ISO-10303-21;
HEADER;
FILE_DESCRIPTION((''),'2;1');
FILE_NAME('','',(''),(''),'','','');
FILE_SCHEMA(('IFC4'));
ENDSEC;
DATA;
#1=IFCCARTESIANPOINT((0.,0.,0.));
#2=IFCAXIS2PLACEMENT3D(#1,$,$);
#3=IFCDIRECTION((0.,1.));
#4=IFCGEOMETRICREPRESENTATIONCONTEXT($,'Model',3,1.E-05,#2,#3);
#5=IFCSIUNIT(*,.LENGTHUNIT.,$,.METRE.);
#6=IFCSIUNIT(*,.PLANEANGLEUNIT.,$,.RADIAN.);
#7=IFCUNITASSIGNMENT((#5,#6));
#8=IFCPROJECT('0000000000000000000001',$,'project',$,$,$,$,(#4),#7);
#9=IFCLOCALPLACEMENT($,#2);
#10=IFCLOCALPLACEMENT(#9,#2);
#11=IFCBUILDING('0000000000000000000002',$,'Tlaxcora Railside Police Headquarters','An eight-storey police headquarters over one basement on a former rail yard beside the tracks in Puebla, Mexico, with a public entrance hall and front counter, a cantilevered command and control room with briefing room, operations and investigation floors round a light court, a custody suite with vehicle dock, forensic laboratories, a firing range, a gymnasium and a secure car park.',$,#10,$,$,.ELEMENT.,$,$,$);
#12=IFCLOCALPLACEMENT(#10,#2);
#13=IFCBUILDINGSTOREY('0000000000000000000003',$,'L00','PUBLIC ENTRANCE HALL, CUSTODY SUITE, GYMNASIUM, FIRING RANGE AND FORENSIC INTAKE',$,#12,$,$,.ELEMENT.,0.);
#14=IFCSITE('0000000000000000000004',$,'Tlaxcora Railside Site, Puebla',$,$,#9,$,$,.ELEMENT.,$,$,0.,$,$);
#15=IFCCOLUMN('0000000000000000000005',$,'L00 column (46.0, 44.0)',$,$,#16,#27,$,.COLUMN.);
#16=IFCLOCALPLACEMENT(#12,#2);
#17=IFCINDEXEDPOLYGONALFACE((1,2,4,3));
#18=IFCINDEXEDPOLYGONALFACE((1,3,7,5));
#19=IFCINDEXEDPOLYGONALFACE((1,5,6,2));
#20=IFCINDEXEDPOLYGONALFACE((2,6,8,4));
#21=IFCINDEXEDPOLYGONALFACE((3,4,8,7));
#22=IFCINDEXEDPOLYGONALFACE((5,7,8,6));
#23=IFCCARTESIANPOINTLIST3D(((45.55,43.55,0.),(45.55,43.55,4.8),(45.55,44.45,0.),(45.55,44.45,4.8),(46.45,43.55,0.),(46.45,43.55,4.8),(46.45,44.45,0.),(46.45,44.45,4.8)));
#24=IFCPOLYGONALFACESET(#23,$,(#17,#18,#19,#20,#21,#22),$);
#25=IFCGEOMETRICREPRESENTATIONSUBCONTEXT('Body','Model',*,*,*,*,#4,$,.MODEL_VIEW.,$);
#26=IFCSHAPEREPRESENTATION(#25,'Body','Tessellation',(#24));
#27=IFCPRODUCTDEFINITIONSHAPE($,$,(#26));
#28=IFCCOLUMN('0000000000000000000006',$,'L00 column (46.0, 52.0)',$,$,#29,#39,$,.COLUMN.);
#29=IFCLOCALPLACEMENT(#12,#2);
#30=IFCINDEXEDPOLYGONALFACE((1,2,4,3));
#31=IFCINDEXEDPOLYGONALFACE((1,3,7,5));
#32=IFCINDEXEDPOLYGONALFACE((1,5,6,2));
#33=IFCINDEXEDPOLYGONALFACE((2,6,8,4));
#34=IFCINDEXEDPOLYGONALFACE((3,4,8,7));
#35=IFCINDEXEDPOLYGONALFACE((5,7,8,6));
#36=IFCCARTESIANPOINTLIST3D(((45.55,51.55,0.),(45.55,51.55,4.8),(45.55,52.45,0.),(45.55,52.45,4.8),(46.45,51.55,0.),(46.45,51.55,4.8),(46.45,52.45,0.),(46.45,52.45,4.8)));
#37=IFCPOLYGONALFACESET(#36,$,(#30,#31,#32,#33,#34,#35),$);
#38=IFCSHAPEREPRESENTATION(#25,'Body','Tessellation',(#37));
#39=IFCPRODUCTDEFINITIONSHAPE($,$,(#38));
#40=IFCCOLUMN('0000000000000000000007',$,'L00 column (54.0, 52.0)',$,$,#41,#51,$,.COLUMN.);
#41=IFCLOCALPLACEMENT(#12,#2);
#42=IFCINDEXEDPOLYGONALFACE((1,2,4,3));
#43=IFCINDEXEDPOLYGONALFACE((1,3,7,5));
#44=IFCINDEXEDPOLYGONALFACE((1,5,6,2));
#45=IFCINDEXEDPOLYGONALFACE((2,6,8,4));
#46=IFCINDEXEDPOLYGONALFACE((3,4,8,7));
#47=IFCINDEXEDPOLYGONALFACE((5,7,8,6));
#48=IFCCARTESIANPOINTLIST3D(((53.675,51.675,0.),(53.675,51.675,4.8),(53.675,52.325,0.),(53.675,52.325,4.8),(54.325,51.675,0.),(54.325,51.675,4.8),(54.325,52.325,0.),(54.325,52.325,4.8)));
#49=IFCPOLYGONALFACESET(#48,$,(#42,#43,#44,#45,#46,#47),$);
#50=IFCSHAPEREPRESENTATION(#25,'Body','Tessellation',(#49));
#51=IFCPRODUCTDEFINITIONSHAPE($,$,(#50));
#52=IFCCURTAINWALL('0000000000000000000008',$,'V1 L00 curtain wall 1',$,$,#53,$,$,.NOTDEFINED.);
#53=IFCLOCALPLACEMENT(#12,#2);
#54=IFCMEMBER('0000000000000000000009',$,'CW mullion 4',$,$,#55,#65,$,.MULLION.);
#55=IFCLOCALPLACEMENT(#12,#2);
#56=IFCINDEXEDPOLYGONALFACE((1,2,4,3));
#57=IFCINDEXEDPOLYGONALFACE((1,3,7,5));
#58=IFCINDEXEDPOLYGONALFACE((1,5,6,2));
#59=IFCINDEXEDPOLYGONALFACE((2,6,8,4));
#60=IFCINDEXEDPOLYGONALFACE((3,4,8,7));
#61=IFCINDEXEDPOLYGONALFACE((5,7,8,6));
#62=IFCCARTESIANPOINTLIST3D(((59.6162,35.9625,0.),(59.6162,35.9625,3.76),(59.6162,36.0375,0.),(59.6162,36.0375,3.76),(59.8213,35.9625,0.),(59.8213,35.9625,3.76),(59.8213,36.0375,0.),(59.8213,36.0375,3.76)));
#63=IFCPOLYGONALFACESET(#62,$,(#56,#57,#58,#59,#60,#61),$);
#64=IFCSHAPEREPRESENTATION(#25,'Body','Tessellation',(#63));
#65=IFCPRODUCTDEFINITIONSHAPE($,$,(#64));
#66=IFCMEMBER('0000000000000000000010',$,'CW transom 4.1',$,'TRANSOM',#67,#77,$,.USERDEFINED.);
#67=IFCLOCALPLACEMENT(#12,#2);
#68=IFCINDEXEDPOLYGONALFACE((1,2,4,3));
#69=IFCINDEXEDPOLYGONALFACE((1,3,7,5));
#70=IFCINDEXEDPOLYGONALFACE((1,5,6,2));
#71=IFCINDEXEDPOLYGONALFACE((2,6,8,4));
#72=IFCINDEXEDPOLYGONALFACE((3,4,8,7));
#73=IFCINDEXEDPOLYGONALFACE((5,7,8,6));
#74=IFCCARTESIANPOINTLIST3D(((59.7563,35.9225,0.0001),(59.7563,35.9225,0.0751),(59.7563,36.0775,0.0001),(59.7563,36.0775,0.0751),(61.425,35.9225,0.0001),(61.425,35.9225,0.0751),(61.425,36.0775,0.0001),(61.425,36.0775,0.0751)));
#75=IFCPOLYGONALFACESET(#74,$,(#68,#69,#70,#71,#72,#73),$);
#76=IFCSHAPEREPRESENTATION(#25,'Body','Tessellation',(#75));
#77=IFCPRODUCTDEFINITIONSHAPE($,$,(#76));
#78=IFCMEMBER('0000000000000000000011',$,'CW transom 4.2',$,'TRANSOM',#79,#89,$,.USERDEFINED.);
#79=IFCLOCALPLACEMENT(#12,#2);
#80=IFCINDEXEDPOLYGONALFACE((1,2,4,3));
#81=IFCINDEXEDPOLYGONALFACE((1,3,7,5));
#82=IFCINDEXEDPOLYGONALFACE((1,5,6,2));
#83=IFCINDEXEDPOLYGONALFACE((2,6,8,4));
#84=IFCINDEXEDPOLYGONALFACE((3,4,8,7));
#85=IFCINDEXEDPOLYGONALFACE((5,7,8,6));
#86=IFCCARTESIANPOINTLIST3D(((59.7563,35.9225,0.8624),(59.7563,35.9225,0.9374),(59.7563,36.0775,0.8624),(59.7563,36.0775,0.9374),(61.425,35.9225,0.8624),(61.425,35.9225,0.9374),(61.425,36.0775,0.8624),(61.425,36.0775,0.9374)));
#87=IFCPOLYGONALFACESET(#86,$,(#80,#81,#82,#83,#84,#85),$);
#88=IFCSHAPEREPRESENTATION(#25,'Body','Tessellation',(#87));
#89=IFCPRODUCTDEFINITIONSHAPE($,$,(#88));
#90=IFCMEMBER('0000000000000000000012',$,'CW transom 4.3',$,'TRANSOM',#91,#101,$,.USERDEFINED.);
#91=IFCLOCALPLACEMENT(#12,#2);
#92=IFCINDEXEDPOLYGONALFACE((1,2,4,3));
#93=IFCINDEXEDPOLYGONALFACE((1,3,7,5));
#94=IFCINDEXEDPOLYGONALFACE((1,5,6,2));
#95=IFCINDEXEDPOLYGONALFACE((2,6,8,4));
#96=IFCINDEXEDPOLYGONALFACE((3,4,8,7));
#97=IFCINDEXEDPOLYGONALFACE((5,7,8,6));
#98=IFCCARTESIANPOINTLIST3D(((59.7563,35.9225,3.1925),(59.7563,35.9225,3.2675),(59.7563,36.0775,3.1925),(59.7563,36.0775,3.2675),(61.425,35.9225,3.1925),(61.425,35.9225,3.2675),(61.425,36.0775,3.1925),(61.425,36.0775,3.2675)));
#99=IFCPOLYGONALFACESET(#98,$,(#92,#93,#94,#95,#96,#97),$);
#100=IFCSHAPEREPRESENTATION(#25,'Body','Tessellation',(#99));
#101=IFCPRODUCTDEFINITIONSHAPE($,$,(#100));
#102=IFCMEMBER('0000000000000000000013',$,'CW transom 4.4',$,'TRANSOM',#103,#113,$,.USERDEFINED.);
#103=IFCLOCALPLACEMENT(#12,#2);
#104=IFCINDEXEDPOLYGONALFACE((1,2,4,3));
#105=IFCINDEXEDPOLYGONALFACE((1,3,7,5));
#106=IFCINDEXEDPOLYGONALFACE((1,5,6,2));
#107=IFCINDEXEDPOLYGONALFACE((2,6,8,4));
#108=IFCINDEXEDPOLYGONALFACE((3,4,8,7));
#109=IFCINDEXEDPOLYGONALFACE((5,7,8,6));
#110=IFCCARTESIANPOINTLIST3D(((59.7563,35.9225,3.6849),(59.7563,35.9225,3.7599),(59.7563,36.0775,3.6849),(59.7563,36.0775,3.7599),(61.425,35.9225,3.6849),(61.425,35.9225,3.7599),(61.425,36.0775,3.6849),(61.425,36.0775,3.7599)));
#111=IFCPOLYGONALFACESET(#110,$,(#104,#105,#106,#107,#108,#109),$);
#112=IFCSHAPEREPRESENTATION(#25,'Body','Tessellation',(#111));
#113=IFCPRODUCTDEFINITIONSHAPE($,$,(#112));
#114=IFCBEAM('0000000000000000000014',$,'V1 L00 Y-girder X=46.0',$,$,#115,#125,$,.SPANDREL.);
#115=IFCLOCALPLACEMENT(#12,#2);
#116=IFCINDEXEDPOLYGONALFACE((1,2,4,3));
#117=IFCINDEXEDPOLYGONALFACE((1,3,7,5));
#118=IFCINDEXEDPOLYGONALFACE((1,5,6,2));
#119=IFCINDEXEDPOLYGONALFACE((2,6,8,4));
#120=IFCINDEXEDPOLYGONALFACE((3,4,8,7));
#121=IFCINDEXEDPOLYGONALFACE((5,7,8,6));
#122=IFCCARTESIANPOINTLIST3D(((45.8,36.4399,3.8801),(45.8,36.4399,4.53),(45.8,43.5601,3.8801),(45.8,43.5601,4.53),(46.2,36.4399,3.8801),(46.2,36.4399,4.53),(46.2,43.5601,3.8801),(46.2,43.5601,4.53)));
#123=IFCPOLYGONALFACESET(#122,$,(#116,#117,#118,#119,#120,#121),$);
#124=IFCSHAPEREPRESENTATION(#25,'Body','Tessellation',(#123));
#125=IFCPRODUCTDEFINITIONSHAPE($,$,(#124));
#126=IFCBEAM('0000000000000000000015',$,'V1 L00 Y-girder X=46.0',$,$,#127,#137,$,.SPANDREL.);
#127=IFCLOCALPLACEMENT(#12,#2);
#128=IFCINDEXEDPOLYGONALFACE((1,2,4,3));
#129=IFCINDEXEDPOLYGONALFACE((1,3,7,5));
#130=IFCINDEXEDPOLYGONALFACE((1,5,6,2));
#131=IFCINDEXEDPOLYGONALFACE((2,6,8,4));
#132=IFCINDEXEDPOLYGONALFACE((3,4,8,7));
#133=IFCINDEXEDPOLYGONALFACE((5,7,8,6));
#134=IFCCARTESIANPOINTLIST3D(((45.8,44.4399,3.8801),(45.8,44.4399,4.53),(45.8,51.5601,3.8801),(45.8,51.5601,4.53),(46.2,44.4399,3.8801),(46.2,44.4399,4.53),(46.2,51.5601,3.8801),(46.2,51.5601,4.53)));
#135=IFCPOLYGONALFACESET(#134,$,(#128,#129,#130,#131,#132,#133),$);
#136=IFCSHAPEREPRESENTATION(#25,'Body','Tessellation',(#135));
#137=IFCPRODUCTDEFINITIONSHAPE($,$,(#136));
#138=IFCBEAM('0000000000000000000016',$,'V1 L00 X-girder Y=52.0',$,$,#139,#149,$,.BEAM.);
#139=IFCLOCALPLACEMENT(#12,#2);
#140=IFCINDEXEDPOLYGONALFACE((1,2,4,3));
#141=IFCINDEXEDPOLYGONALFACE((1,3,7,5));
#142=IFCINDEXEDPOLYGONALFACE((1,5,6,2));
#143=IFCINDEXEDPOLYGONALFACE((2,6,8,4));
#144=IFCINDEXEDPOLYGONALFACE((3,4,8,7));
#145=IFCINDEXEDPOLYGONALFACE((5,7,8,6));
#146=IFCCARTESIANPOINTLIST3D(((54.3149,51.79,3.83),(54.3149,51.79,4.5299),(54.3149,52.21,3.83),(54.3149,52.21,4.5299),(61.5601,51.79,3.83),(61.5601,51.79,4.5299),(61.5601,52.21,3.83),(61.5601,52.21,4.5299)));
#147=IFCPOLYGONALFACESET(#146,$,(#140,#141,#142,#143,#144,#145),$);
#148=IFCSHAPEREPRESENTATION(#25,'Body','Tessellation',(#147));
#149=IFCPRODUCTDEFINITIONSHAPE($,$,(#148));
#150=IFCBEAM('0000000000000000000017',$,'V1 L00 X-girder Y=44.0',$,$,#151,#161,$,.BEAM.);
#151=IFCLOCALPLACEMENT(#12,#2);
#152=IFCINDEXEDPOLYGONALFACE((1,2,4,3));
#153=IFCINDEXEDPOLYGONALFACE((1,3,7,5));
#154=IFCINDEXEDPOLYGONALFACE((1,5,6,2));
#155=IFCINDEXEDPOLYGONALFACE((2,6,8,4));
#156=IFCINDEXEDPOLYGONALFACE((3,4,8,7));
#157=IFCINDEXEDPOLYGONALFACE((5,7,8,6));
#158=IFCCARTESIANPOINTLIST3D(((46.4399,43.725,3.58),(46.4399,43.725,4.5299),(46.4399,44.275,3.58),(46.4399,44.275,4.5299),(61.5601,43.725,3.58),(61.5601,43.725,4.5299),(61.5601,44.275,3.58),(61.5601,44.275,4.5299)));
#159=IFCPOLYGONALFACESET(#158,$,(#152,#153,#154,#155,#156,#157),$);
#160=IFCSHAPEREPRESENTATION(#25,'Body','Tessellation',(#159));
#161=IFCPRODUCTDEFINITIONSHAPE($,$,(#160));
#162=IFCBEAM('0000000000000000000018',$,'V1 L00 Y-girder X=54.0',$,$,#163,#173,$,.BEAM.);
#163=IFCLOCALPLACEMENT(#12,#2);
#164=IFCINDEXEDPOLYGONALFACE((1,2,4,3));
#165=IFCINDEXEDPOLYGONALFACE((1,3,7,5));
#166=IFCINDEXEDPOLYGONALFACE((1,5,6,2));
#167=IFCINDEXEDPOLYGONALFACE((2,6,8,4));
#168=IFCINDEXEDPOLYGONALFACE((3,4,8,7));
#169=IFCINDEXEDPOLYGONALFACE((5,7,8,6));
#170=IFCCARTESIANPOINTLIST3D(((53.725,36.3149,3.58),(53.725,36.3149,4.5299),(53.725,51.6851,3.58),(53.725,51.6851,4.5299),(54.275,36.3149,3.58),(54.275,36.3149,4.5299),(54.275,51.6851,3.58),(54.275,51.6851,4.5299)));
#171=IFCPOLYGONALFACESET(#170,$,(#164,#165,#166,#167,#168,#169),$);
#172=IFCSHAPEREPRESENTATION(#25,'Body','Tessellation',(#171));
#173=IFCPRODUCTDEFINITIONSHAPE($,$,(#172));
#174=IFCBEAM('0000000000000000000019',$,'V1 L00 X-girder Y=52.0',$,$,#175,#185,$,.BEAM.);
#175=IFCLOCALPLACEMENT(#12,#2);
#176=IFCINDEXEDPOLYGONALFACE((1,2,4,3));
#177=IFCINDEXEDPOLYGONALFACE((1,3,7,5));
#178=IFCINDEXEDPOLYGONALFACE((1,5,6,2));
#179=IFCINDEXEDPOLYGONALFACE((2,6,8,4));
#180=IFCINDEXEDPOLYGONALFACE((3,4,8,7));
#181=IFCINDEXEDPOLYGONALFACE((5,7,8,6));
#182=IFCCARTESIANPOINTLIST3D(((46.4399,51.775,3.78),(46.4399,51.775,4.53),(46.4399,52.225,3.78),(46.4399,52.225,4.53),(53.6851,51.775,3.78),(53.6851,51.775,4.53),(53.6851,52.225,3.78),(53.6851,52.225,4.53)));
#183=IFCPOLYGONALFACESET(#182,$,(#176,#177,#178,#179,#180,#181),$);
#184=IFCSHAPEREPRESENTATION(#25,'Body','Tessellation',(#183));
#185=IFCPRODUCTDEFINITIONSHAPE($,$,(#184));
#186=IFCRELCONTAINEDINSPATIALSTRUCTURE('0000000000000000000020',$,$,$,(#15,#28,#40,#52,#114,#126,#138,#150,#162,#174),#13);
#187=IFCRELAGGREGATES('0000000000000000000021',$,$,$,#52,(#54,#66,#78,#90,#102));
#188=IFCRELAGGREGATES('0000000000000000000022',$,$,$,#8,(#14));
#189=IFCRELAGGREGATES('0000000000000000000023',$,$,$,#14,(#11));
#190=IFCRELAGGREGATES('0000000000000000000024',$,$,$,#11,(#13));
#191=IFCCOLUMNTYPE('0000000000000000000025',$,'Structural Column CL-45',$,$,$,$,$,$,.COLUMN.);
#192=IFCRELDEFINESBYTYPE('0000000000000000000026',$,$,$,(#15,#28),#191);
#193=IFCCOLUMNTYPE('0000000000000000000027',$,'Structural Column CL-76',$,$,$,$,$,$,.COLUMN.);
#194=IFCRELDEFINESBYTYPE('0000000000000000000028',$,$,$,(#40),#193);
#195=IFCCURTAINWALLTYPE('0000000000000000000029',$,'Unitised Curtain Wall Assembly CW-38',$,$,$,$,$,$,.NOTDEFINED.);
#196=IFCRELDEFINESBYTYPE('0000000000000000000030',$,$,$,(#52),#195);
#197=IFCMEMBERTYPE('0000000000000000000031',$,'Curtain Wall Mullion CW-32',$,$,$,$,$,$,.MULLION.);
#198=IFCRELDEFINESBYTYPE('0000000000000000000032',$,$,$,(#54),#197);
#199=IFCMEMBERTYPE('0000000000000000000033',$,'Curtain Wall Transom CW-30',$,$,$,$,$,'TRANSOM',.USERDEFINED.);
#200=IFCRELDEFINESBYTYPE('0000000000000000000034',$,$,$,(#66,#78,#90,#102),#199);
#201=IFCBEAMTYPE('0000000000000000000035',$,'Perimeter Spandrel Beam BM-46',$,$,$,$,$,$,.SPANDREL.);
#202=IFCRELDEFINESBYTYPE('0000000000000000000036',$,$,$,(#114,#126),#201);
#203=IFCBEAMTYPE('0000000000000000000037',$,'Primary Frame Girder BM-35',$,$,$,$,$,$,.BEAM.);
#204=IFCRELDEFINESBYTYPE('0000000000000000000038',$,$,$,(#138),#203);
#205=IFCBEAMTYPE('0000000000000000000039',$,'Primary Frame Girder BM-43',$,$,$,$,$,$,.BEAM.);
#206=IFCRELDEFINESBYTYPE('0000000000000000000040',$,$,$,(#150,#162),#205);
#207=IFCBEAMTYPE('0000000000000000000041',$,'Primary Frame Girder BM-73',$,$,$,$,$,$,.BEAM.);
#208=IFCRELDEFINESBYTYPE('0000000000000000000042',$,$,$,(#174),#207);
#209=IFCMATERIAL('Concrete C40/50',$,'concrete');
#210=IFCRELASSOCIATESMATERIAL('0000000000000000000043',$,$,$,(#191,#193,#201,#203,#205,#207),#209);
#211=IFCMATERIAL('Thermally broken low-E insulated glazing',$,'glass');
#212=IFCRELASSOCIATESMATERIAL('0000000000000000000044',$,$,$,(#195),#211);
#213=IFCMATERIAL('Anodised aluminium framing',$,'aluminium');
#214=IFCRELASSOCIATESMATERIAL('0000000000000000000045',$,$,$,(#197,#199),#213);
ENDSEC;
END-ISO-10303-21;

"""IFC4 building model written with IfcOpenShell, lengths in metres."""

from ifc_helpers import new_model, si_unit, direction, frame, origin, origin_2d, place, context, subcontext, project, spatial, rectangle, extrude, material, material_profile, profile_set, type_object, element, aggregate, save


model = new_model("IFC4")

# Units and contexts
model_context = context("Model", 3, precision=1e-05, world=origin(), true_north=direction((0.0, 1.0)))
body_context = subcontext(model_context, "Body", "Model", "MODEL_VIEW")
ifc_project = project(units=[si_unit("LENGTHUNIT", "METRE"), si_unit("PLANEANGLEUNIT", "RADIAN")], contexts=[model_context])

# Site, building, storey
site_placement = place(None, origin())
site = spatial("IfcSite", under=ifc_project, at=site_placement, Name="Tlaxcora Railside Site, Puebla", CompositionType="ELEMENT", RefElevation=0.0)
building_placement = place(site_placement, origin())
building = spatial("IfcBuilding", under=site, at=building_placement, Name="Tlaxcora Railside Police Headquarters", Description="An eight-storey police headquarters over one basement on a former rail yard beside the tracks in Puebla, Mexico, with a public entrance hall and front counter, a cantilevered command and control room with briefing room, operations and investigation floors round a light court, a custody suite with vehicle dock, forensic laboratories, a firing range, a gymnasium and a secure car park.", CompositionType="ELEMENT")
storey_placement = place(building_placement, origin())
storey = spatial("IfcBuildingStorey", under=building, at=storey_placement, Name="L00", Description="PUBLIC ENTRANCE HALL, CUSTODY SUITE, GYMNASIUM, FIRING RANGE AND FORENSIC INTAKE", CompositionType="ELEMENT", Elevation=0.0)

# Columns
ifc_material_1 = material(Name="Concrete C40/50", Category="concrete")
ifc_material_profile_1 = material_profile(ifc_material_1, rectangle(XDim=0.8999, YDim=0.8999, at=origin_2d()), Name="RC900X900")
ifc_profile_set_1 = profile_set([ifc_material_profile_1], Name="Concrete C40/50")
column_type_1 = type_object("IfcColumnType", Name="Structural Column CL-45", PredefinedType="COLUMN", material=ifc_profile_set_1)
for number, where, z_axis, x_axis, name in (
    (1, (46.0, 44.0, 0.0), (0.0, 0.0, 1.0), (1.0, 0.0, 0.0), "L00 column (46.0, 44.0)"),
    (2, (46.0, 52.0, 0.0), (0.0, 0.0, 1.0), (1.0, 0.0, 0.0), "L00 column (46.0, 52.0)"),
):
    element("IfcColumn", number, at=place(storey_placement, frame(where, z_axis=z_axis, x_axis=x_axis)), inside=storey, type_object=column_type_1, Name=name, PredefinedType="COLUMN", context=body_context, shape_type="SweptSolid", body=[
        extrude(rectangle(XDim=0.8999, YDim=0.8999, at=origin_2d()), origin(), (0.0, 0.0, 1.0), 4.8),
    ])
ifc_material_profile_2 = material_profile(ifc_material_1, rectangle(XDim=0.6499, YDim=0.6499, at=origin_2d()), Name="RC650X650")
ifc_profile_set_2 = profile_set([ifc_material_profile_2], Name="Concrete C40/50")
column_type_2 = type_object("IfcColumnType", Name="Structural Column CL-76", PredefinedType="COLUMN", material=ifc_profile_set_2)
column_placement = place(storey_placement, frame((54.0, 52.0, 0.0), z_axis=(0.0, 0.0, 1.0), x_axis=(1.0, 0.0, 0.0)))
element("IfcColumn", 3, at=column_placement, inside=storey, type_object=column_type_2, Name="L00 column (54.0, 52.0)", PredefinedType="COLUMN", context=body_context, shape_type="SweptSolid", body=[
    extrude(rectangle(XDim=0.6499, YDim=0.6499, at=origin_2d()), origin(), (0.0, 0.0, 1.0), 4.8),
])

# Curtain wall, members
ifc_material_2 = material(Name="Thermally broken low-E insulated glazing", Category="glass")
curtain_wall_type = type_object("IfcCurtainWallType", Name="Unitised Curtain Wall Assembly CW-38", PredefinedType="NOTDEFINED", material=ifc_material_2)
curtain_wall_placement = place(storey_placement, origin())
curtain_wall = element("IfcCurtainWall", 4, at=curtain_wall_placement, inside=storey, type_object=curtain_wall_type, Name="V1 L00 curtain wall 1", PredefinedType="NOTDEFINED")
ifc_material_3 = material(Name="Anodised aluminium framing", Category="aluminium")
ifc_material_profile_3 = material_profile(ifc_material_3, rectangle(XDim=0.075, YDim=0.2051, at=origin_2d()), Name="AL75X205")
ifc_profile_set_3 = profile_set([ifc_material_profile_3], Name="Anodised aluminium framing")
member_type_1 = type_object("IfcMemberType", Name="Curtain Wall Mullion CW-32", PredefinedType="MULLION", material=ifc_profile_set_3)
member_1_placement = place(storey_placement, frame((59.7188, 36.0, 0.0), z_axis=(0.0, 0.0, 1.0), x_axis=(0.0, 1.0, 0.0)))
member_1 = element("IfcMember", 5, at=member_1_placement, type_object=member_type_1, Name="CW mullion 4", PredefinedType="MULLION", context=body_context, shape_type="SweptSolid", body=[
    extrude(rectangle(XDim=0.075, YDim=0.2051, at=origin_2d()), origin(), (0.0, 0.0, 1.0), 3.76),
])
ifc_material_profile_4 = material_profile(ifc_material_3, rectangle(XDim=0.155, YDim=0.075, at=origin_2d()), Name="AL75X155")
ifc_profile_set_4 = profile_set([ifc_material_profile_4], Name="Anodised aluminium framing")
member_type_2 = type_object("IfcMemberType", Name="Curtain Wall Transom CW-30", ElementType="TRANSOM", PredefinedType="USERDEFINED", material=ifc_profile_set_4)
member_2_placement = place(storey_placement, frame((59.7563, 36.0, 0.0376), z_axis=(1.0, 0.0, 0.0), x_axis=(0.0, 1.0, 0.0)))
member_2 = element("IfcMember", 6, at=member_2_placement, type_object=member_type_2, Name="CW transom 4.1", ObjectType="TRANSOM", PredefinedType="USERDEFINED", context=body_context, shape_type="SweptSolid", body=[
    extrude(rectangle(XDim=0.155, YDim=0.075, at=origin_2d()), origin(), (0.0, 0.0, 1.0), 1.6687),
])
member_3_placement = place(storey_placement, frame((59.7563, 36.0, 0.8999), z_axis=(1.0, 0.0, 0.0), x_axis=(0.0, 1.0, 0.0)))
member_3 = element("IfcMember", 7, at=member_3_placement, type_object=member_type_2, Name="CW transom 4.2", ObjectType="TRANSOM", PredefinedType="USERDEFINED", context=body_context, shape_type="SweptSolid", body=[
    extrude(rectangle(XDim=0.155, YDim=0.075, at=origin_2d()), origin(), (0.0, 0.0, 1.0), 1.6687),
])
member_4_placement = place(storey_placement, frame((59.7563, 36.0, 3.23), z_axis=(1.0, 0.0, 0.0), x_axis=(0.0, 1.0, 0.0)))
member_4 = element("IfcMember", 8, at=member_4_placement, type_object=member_type_2, Name="CW transom 4.3", ObjectType="TRANSOM", PredefinedType="USERDEFINED", context=body_context, shape_type="SweptSolid", body=[
    extrude(rectangle(XDim=0.155, YDim=0.075, at=origin_2d()), origin(), (0.0, 0.0, 1.0), 1.6687),
])
member_5_placement = place(storey_placement, frame((59.7563, 36.0, 3.7224), z_axis=(1.0, 0.0, 0.0), x_axis=(0.0, 1.0, 0.0)))
member_5 = element("IfcMember", 9, at=member_5_placement, type_object=member_type_2, Name="CW transom 4.4", ObjectType="TRANSOM", PredefinedType="USERDEFINED", context=body_context, shape_type="SweptSolid", body=[
    extrude(rectangle(XDim=0.155, YDim=0.075, at=origin_2d()), origin(), (0.0, 0.0, 1.0), 1.6687),
])

# Beams
ifc_material_profile_5 = material_profile(ifc_material_1, rectangle(XDim=0.3999, YDim=0.6499, at=origin_2d()), Name="RC400X650")
ifc_profile_set_5 = profile_set([ifc_material_profile_5], Name="Concrete C40/50")
beam_type_1 = type_object("IfcBeamType", Name="Perimeter Spandrel Beam BM-46", PredefinedType="SPANDREL", material=ifc_profile_set_5)
for number, where, z_axis, x_axis, name in (
    (10, (46.0, 36.4399, 4.2051), (0.0, 1.0, 0.0), (-1.0, 0.0, 0.0), "V1 L00 Y-girder X=46.0"),
    (11, (46.0, 44.4399, 4.2051), (0.0, 1.0, 0.0), (-1.0, 0.0, 0.0), "V1 L00 Y-girder X=46.0"),
):
    element("IfcBeam", number, at=place(storey_placement, frame(where, z_axis=z_axis, x_axis=x_axis)), inside=storey, type_object=beam_type_1, Name=name, PredefinedType="SPANDREL", context=body_context, shape_type="SweptSolid", body=[
        extrude(rectangle(XDim=0.3999, YDim=0.6499, at=origin_2d()), origin(), (0.0, 0.0, 1.0), 7.1201),
    ])
ifc_material_profile_6 = material_profile(ifc_material_1, rectangle(XDim=0.4199, YDim=0.7, at=origin_2d()), Name="RC420X700")
ifc_profile_set_6 = profile_set([ifc_material_profile_6], Name="Concrete C40/50")
beam_type_2 = type_object("IfcBeamType", Name="Primary Frame Girder BM-35", PredefinedType="BEAM", material=ifc_profile_set_6)
beam_1_placement = place(storey_placement, frame((54.3149, 52.0, 4.1799), z_axis=(1.0, 0.0, 0.0), x_axis=(0.0, 1.0, 0.0)))
element("IfcBeam", 12, at=beam_1_placement, inside=storey, type_object=beam_type_2, Name="V1 L00 X-girder Y=52.0", PredefinedType="BEAM", context=body_context, shape_type="SweptSolid", body=[
    extrude(rectangle(XDim=0.4199, YDim=0.7, at=origin_2d()), origin(), (0.0, 0.0, 1.0), 7.2451),
])
ifc_material_profile_7 = material_profile(ifc_material_1, rectangle(XDim=0.55, YDim=0.95, at=origin_2d()), Name="RC550X950")
ifc_profile_set_7 = profile_set([ifc_material_profile_7], Name="Concrete C40/50")
beam_type_3 = type_object("IfcBeamType", Name="Primary Frame Girder BM-43", PredefinedType="BEAM", material=ifc_profile_set_7)
beam_2_placement = place(storey_placement, frame((46.4399, 44.0, 4.0549), z_axis=(1.0, 0.0, 0.0), x_axis=(0.0, 1.0, 0.0)))
element("IfcBeam", 13, at=beam_2_placement, inside=storey, type_object=beam_type_3, Name="V1 L00 X-girder Y=44.0", PredefinedType="BEAM", context=body_context, shape_type="SweptSolid", body=[
    extrude(rectangle(XDim=0.55, YDim=0.95, at=origin_2d()), origin(), (0.0, 0.0, 1.0), 15.1201),
])
beam_3_placement = place(storey_placement, frame((54.0, 36.3149, 4.0549), z_axis=(0.0, 1.0, 0.0), x_axis=(-1.0, 0.0, 0.0)))
element("IfcBeam", 14, at=beam_3_placement, inside=storey, type_object=beam_type_3, Name="V1 L00 Y-girder X=54.0", PredefinedType="BEAM", context=body_context, shape_type="SweptSolid", body=[
    extrude(rectangle(XDim=0.55, YDim=0.95, at=origin_2d()), origin(), (0.0, 0.0, 1.0), 15.3701),
])
ifc_material_profile_8 = material_profile(ifc_material_1, rectangle(XDim=0.45, YDim=0.75, at=origin_2d()), Name="RC450X750")
ifc_profile_set_8 = profile_set([ifc_material_profile_8], Name="Concrete C40/50")
beam_type_4 = type_object("IfcBeamType", Name="Primary Frame Girder BM-73", PredefinedType="BEAM", material=ifc_profile_set_8)
beam_4_placement = place(storey_placement, frame((46.4399, 52.0, 4.155), z_axis=(1.0, 0.0, 0.0), x_axis=(0.0, 1.0, 0.0)))
element("IfcBeam", 15, at=beam_4_placement, inside=storey, type_object=beam_type_4, Name="V1 L00 X-girder Y=52.0", PredefinedType="BEAM", context=body_context, shape_type="SweptSolid", body=[
    extrude(rectangle(XDim=0.45, YDim=0.75, at=origin_2d()), origin(), (0.0, 0.0, 1.0), 7.2451),
])

aggregate(curtain_wall, [member_1, member_2, member_3, member_4, member_5])

save(model, "model.ifc")
